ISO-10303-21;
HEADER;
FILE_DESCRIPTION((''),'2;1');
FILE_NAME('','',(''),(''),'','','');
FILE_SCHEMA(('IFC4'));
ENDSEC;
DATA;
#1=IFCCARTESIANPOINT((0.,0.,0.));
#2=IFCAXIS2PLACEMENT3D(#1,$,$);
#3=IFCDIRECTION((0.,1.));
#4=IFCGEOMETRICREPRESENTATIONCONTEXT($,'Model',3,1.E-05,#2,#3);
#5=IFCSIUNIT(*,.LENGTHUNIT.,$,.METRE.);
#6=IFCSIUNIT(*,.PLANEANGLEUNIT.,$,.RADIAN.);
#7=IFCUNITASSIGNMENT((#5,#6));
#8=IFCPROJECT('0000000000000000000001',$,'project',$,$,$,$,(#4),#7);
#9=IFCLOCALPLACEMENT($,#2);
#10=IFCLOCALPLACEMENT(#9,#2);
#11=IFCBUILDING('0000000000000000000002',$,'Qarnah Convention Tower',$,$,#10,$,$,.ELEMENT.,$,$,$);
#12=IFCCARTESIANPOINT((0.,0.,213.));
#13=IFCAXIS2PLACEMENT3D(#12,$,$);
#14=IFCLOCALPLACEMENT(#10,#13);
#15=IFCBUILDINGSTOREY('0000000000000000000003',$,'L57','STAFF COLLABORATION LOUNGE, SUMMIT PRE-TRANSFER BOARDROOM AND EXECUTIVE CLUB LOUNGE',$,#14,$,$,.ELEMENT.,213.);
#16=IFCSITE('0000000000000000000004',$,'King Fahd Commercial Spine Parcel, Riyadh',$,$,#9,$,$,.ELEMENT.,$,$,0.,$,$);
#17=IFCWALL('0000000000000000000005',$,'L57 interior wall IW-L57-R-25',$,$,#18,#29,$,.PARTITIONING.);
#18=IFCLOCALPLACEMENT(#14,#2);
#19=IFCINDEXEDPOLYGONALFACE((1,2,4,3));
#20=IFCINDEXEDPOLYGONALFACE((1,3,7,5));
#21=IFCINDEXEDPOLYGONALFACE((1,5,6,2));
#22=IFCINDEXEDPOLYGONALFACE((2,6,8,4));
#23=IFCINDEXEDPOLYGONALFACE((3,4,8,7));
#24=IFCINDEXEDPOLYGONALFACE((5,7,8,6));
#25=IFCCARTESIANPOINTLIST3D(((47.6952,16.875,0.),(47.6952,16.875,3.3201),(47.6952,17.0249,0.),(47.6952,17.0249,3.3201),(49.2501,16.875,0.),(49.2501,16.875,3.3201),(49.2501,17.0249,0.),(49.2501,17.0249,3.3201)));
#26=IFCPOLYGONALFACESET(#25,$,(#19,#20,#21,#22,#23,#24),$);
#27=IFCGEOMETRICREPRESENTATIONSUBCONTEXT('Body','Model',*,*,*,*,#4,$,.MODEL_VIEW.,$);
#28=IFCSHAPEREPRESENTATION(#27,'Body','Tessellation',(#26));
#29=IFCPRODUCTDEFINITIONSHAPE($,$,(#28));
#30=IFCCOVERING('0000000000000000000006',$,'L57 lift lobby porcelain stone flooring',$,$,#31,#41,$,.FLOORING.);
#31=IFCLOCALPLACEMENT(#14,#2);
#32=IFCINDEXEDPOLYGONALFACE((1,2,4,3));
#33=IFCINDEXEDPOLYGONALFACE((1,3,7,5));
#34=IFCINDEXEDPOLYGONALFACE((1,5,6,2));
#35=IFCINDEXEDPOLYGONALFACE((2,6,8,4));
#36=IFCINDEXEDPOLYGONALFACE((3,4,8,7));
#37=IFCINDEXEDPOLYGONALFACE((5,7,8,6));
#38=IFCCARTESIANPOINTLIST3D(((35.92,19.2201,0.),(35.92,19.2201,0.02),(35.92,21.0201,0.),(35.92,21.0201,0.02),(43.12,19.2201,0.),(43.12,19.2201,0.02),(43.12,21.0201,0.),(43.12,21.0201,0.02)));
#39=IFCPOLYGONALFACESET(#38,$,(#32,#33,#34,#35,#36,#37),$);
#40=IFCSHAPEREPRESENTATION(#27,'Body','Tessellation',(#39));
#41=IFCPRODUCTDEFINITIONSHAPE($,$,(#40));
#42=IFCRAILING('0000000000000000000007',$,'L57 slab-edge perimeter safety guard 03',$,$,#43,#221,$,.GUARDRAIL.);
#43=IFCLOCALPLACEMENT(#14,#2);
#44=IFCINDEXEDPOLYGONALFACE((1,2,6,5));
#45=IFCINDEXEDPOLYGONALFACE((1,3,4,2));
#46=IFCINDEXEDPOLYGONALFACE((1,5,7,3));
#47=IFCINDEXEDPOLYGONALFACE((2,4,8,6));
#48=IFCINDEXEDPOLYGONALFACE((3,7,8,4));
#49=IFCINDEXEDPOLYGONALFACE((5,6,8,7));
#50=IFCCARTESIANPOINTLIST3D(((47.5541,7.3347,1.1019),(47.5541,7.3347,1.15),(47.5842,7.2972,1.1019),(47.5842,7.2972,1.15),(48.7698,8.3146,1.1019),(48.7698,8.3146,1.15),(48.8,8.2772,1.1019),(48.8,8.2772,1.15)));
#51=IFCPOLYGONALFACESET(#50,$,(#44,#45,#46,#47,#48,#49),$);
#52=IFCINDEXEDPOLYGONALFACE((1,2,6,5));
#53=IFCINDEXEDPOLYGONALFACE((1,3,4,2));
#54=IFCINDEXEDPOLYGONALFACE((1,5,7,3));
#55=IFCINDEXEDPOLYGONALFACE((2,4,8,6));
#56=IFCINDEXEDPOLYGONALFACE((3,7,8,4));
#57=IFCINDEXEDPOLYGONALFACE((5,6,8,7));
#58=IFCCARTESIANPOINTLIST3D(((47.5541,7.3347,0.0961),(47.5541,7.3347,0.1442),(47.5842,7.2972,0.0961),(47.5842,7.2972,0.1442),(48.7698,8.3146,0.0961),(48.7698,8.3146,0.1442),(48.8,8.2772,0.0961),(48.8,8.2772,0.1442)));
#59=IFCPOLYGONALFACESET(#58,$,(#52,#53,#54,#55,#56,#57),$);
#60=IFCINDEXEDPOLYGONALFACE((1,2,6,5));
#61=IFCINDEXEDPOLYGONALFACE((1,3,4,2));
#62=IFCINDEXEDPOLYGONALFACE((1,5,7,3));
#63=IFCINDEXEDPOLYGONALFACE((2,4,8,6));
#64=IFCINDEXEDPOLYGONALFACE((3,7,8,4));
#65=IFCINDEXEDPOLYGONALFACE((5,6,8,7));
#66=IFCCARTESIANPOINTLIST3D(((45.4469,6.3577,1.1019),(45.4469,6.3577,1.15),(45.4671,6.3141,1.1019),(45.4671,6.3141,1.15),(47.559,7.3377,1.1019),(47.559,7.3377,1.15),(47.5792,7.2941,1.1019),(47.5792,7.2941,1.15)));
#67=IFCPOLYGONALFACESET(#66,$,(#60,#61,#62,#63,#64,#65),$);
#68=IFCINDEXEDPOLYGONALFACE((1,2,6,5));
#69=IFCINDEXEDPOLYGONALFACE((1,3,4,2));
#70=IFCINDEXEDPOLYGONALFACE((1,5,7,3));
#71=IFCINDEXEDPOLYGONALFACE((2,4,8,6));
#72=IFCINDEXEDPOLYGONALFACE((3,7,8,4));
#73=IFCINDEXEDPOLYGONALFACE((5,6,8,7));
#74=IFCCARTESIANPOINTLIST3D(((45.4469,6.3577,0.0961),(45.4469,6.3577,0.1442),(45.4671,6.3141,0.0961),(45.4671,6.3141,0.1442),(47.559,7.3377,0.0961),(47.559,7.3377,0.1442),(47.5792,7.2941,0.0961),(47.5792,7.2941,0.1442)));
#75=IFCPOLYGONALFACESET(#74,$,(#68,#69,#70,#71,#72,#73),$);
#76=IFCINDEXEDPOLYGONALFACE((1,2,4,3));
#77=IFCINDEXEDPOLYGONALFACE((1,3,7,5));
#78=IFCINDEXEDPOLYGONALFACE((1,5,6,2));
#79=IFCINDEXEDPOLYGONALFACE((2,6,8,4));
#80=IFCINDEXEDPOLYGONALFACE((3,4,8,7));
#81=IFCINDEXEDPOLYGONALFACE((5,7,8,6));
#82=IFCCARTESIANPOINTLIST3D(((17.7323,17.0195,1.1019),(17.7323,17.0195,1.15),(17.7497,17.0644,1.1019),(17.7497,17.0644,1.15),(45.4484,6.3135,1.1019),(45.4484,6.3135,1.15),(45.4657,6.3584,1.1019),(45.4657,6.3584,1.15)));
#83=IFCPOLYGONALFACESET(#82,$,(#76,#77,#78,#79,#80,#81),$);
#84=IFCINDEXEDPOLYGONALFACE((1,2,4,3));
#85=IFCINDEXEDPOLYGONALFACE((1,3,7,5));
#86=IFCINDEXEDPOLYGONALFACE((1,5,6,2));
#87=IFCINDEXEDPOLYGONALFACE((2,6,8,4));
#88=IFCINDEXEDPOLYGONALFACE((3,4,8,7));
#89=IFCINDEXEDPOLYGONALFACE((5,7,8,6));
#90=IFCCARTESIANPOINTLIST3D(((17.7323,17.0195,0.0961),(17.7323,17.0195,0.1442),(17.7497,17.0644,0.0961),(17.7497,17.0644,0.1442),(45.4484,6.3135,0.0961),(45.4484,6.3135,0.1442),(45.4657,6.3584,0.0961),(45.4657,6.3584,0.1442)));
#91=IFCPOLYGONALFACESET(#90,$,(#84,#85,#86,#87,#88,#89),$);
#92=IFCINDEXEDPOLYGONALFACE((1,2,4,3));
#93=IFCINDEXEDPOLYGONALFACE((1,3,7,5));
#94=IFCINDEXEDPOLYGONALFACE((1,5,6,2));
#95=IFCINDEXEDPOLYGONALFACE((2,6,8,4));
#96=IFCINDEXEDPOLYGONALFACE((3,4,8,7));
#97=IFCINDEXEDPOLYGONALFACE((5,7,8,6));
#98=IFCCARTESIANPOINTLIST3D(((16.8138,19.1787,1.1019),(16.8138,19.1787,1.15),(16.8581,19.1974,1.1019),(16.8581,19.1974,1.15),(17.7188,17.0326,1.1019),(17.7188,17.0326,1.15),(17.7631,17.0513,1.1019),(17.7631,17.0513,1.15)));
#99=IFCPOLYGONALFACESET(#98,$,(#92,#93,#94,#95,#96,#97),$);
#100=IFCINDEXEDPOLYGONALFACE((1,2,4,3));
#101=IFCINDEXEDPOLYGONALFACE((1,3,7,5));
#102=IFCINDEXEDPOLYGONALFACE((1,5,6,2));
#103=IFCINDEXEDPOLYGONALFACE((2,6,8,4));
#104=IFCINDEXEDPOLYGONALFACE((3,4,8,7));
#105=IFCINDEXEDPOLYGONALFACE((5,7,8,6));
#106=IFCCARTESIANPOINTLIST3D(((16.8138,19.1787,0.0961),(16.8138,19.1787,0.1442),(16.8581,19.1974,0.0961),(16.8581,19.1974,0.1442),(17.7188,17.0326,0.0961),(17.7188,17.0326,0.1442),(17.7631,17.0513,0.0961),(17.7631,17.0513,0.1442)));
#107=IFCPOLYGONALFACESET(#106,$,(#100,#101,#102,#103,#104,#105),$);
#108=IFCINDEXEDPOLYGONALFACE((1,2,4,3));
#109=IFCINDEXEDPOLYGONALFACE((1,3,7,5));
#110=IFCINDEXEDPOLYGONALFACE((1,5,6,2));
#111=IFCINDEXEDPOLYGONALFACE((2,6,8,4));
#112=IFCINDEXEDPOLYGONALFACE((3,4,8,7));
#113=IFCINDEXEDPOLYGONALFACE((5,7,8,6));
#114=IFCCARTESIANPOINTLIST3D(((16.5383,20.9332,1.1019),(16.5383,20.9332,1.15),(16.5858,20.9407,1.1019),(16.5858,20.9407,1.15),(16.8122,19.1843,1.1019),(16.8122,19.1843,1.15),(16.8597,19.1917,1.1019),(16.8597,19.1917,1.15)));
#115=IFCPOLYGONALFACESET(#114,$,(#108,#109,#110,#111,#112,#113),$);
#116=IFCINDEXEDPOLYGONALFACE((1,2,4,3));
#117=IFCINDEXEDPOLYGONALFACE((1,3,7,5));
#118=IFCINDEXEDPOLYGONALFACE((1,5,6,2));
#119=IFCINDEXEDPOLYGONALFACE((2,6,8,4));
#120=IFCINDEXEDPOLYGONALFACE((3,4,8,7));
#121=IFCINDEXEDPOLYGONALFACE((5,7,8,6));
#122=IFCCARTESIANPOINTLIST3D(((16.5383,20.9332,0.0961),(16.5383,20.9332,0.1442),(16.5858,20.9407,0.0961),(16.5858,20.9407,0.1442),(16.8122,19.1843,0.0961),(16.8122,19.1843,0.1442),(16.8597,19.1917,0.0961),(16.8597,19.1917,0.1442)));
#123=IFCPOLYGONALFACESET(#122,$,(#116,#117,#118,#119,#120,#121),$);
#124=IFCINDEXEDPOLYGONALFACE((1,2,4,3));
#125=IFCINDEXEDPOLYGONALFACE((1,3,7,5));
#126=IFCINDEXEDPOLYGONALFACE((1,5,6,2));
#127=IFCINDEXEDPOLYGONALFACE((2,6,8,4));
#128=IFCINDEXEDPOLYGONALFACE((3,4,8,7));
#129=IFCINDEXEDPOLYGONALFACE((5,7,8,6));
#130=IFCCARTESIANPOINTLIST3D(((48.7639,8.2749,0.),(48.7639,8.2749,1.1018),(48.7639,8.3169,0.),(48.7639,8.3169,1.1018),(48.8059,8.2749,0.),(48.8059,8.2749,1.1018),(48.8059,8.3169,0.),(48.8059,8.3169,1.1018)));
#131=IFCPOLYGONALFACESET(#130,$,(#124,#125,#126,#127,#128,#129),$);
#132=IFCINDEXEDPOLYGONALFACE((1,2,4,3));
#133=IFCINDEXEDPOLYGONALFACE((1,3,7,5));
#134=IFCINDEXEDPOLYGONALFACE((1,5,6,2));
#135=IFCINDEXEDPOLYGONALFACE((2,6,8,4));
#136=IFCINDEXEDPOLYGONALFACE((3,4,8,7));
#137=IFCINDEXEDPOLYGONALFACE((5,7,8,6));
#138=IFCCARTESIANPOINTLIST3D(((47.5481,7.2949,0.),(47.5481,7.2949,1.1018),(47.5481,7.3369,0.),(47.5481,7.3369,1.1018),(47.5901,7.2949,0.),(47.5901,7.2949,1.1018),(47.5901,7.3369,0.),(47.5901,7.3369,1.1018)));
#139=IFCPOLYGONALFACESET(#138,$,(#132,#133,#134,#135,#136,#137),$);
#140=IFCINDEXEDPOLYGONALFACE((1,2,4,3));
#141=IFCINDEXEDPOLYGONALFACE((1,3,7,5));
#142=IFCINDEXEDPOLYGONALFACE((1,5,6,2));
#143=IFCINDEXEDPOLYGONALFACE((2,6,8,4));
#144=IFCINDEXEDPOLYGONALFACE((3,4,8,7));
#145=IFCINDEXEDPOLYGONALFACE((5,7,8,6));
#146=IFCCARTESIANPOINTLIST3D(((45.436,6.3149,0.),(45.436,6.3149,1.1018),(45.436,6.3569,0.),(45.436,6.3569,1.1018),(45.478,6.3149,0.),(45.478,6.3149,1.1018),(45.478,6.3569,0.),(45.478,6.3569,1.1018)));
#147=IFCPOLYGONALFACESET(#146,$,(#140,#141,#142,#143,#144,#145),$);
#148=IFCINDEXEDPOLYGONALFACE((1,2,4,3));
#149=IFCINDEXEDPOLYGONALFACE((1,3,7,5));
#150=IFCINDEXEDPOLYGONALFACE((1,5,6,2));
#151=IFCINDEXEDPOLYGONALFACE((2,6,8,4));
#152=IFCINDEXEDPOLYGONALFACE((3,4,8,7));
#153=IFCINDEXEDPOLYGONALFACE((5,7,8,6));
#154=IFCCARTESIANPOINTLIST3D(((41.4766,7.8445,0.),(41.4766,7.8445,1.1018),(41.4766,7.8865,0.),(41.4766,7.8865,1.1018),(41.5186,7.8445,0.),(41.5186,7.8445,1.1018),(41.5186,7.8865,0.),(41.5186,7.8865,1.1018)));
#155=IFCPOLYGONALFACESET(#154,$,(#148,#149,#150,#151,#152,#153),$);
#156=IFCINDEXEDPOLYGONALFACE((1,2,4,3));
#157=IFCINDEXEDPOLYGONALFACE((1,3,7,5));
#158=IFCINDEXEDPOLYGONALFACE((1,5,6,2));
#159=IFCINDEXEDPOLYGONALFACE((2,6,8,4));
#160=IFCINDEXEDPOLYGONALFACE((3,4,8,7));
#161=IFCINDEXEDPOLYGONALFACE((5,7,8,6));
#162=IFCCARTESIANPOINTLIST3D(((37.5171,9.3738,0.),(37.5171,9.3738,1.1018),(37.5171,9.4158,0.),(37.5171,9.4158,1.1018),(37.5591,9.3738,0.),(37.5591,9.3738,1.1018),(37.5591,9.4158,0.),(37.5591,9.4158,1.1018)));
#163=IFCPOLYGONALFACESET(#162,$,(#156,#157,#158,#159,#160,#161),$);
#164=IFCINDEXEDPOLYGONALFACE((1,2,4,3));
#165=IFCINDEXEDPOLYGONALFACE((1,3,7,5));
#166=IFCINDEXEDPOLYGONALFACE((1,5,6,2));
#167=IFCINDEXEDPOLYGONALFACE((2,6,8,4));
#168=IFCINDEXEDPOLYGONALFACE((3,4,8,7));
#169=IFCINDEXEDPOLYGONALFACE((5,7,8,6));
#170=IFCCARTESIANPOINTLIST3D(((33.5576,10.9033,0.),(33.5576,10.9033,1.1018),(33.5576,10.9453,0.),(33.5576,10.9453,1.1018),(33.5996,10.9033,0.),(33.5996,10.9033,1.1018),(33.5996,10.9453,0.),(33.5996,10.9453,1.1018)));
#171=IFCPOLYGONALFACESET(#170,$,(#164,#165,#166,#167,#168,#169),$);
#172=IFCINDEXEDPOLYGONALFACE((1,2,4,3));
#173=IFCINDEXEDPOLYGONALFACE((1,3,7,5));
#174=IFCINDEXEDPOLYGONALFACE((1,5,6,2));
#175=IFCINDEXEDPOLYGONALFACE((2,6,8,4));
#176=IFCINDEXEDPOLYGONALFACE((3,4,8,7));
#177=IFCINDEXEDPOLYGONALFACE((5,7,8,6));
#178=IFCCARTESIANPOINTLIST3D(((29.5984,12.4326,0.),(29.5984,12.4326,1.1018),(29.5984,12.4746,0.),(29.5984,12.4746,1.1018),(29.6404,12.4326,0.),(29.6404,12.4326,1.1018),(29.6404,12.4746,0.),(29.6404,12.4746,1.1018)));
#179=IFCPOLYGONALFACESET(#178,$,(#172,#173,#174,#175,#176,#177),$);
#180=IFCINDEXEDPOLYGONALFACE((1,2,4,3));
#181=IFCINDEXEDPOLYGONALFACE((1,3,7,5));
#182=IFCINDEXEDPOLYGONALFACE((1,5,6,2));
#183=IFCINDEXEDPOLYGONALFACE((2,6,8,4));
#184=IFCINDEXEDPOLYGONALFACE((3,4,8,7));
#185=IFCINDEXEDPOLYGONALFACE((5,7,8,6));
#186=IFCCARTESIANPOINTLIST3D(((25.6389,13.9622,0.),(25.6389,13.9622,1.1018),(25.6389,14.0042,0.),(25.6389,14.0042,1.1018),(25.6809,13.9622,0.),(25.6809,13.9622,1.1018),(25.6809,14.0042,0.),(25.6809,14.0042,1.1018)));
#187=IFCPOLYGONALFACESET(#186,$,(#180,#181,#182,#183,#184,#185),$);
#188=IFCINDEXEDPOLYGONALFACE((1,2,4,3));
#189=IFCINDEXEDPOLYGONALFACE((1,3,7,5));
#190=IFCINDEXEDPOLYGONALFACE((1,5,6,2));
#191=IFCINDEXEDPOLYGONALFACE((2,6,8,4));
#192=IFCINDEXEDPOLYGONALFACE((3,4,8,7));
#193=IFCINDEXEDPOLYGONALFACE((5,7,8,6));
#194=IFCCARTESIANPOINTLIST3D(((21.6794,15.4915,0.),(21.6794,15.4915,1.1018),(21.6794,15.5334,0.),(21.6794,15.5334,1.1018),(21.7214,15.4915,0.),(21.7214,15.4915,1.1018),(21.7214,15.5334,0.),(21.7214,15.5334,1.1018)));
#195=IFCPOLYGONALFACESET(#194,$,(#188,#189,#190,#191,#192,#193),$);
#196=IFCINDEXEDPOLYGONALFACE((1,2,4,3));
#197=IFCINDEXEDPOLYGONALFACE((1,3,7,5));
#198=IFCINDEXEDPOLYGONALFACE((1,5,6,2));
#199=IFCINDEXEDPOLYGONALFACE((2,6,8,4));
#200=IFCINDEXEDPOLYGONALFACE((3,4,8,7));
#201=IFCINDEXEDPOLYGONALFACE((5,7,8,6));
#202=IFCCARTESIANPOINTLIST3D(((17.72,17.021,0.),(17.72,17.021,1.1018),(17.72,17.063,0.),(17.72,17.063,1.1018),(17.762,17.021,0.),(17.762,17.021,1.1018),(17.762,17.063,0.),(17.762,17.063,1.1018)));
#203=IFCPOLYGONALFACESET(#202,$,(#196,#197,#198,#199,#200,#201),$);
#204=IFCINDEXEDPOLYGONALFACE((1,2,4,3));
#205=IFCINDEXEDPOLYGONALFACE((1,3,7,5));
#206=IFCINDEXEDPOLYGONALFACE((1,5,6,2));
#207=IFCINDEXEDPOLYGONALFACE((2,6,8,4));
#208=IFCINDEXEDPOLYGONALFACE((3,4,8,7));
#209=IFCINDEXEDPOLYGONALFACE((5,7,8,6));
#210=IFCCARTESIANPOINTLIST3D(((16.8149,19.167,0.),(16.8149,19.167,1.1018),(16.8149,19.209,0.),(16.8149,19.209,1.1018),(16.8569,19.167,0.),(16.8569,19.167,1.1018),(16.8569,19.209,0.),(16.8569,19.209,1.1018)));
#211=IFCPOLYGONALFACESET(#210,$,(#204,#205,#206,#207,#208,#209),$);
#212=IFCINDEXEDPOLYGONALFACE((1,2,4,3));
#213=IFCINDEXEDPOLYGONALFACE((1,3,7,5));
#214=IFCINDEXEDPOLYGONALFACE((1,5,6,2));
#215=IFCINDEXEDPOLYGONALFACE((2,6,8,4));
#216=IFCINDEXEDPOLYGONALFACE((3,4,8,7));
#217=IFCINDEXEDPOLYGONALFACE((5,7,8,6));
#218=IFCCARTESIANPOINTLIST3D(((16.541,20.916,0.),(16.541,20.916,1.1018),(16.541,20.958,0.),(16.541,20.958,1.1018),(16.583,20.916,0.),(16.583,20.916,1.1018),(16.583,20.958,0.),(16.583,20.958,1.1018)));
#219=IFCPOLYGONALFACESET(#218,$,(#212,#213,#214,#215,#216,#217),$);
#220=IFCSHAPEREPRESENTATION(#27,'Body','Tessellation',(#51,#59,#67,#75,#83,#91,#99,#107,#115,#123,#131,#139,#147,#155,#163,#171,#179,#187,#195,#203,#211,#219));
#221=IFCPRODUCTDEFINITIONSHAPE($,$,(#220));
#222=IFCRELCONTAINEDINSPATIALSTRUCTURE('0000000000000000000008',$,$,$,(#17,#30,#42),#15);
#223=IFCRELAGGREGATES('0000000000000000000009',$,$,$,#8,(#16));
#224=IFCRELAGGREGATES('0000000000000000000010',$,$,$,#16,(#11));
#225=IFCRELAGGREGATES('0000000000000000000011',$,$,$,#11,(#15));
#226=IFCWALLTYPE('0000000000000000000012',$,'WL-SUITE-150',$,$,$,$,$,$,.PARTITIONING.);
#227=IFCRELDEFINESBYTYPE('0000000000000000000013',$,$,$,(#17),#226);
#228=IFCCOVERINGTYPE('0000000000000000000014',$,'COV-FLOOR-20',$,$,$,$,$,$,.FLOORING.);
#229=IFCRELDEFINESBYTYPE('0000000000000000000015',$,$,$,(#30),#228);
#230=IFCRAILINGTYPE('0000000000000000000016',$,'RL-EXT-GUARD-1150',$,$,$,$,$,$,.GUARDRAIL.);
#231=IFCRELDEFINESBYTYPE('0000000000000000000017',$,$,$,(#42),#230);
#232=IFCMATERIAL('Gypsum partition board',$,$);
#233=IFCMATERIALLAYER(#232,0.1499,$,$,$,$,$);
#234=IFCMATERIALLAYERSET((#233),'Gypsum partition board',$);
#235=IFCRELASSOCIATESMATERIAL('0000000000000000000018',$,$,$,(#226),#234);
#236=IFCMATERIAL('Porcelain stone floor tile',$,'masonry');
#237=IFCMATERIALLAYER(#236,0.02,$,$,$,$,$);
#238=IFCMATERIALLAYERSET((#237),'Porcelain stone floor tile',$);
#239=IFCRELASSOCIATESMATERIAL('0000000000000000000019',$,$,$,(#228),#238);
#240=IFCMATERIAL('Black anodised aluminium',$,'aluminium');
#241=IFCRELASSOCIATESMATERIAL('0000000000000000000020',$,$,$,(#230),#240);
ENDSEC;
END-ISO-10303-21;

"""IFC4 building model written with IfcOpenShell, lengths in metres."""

from ifc_helpers import new_model, si_unit, direction, frame, frame_2d, origin, origin_2d, place, context, subcontext, project, spatial, rectangle, extrude, material, layer, layer_set, type_object, element, save


model = new_model("IFC4")

# Units and contexts
model_context = context("Model", 3, precision=1e-05, world=origin(), true_north=direction((0.0, 1.0)))
body_context = subcontext(model_context, "Body", "Model", "MODEL_VIEW")
ifc_project = project(units=[si_unit("LENGTHUNIT", "METRE"), si_unit("PLANEANGLEUNIT", "RADIAN")], contexts=[model_context])

# Site, building, storey
site_placement = place(None, origin())
site = spatial("IfcSite", under=ifc_project, at=site_placement, Name="King Fahd Commercial Spine Parcel, Riyadh", CompositionType="ELEMENT", RefElevation=0.0)
building_placement = place(site_placement, origin())
building = spatial("IfcBuilding", under=site, at=building_placement, Name="Qarnah Convention Tower", CompositionType="ELEMENT")
storey_placement = place(building_placement, frame((0.0, 0.0, 213.0)))
storey = spatial("IfcBuildingStorey", under=building, at=storey_placement, Name="L57", Description="STAFF COLLABORATION LOUNGE, SUMMIT PRE-TRANSFER BOARDROOM AND EXECUTIVE CLUB LOUNGE", CompositionType="ELEMENT", Elevation=213.0)

# Shared definitions
ifc_material_1 = material(Name="Black anodised aluminium", Category="aluminium")

# Shared definitions
ifc_material_2 = material(Name="Gypsum partition board")
ifc_layer_1 = layer(ifc_material_2, 0.1499)
ifc_layer_set_1 = layer_set([ifc_layer_1], Name="Gypsum partition board")
wall_type_1 = type_object("IfcWallType", Name="WL-SUITE-150", PredefinedType="PARTITIONING", material=ifc_layer_set_1)

# Wall
wall_1_placement = place(storey_placement, frame((49.25, 16.95, 0.0), z_axis=(0.0, 0.0, 1.0), x_axis=(-1.0, 0.0, 0.0)))
element("IfcWall", 1, at=wall_1_placement, inside=storey, type_object=wall_type_1, Name="L57 interior wall IW-L57-R-25", PredefinedType="PARTITIONING", context=body_context, shape_type="SweptSolid", body=[
    extrude(rectangle(XDim=1.5549, YDim=0.1499, at=frame_2d((0.7773, 0.0))), origin(), (0.0, 0.0, 1.0), 3.3201),
])

# Covering
ifc_material_3 = material(Name="Porcelain stone floor tile", Category="masonry")
ifc_layer_2 = layer(ifc_material_3, 0.02)
ifc_layer_set_2 = layer_set([ifc_layer_2], Name="Porcelain stone floor tile")
covering_type = type_object("IfcCoveringType", Name="COV-FLOOR-20", PredefinedType="FLOORING", material=ifc_layer_set_2)
covering_placement = place(storey_placement, frame((39.52, 20.1201, 0.0), z_axis=(0.0, 0.0, 1.0), x_axis=(1.0, 0.0, 0.0)))
element("IfcCovering", 2, at=covering_placement, inside=storey, type_object=covering_type, Name="L57 lift lobby porcelain stone flooring", PredefinedType="FLOORING", context=body_context, shape_type="SweptSolid", body=[
    extrude(rectangle(XDim=7.2, YDim=1.8, at=origin_2d()), origin(), (0.0, 0.0, 1.0), 0.02),
])

# Railing
railing_type = type_object("IfcRailingType", Name="RL-EXT-GUARD-1150", PredefinedType="GUARDRAIL", material=ifc_material_1)
railing_1_placement = place(storey_placement, frame((48.7849, 8.2959, 0.0)))
element("IfcRailing", 3, at=railing_1_placement, inside=storey, type_object=railing_type, Name="L57 slab-edge perimeter safety guard 03", PredefinedType="GUARDRAIL", context=body_context, shape_type="SweptSolid", body=[
    extrude(rectangle(XDim=0.0481, YDim=0.0481, at=origin_2d()), frame((0.0, 0.0, 1.126), z_axis=(-0.778576, -0.627551, 0.0), x_axis=(0.627551, -0.778576, 0.0)), (0.0, 0.0, 1.0), 1.5615),
    extrude(rectangle(XDim=0.0481, YDim=0.0481, at=origin_2d()), frame((0.0, 0.0, 0.1201), z_axis=(-0.778576, -0.627551, 0.0), x_axis=(0.627551, -0.778576, 0.0)), (0.0, 0.0, 1.0), 1.5615),
    extrude(rectangle(XDim=0.0481, YDim=0.0481, at=origin_2d()), frame((-1.2158, -0.98, 1.126), z_axis=(-0.90711, -0.420893, 0.0), x_axis=(0.420893, -0.90711, 0.0)), (0.0, 0.0, 1.0), 2.3284),
    extrude(rectangle(XDim=0.0481, YDim=0.0481, at=origin_2d()), frame((-1.2158, -0.98, 0.1201), z_axis=(-0.90711, -0.420893, 0.0), x_axis=(0.420893, -0.90711, 0.0)), (0.0, 0.0, 1.0), 2.3284),
    extrude(rectangle(XDim=0.0481, YDim=0.0481, at=origin_2d()), frame((-3.3279, -1.96, 1.126), z_axis=(-0.932826, 0.360328, 0.0), x_axis=(-0.360328, -0.932826, 0.0)), (0.0, 0.0, 1.0), 29.7119),
    extrude(rectangle(XDim=0.0481, YDim=0.0481, at=origin_2d()), frame((-3.3279, -1.96, 0.1201), z_axis=(-0.932826, 0.360328, 0.0), x_axis=(-0.360328, -0.932826, 0.0)), (0.0, 0.0, 1.0), 29.7119),
    extrude(rectangle(XDim=0.0481, YDim=0.0481, at=origin_2d()), frame((-31.0439, 8.7461, 1.126), z_axis=(-0.388586, 0.921412, 0.0), x_axis=(-0.921412, -0.388586, 0.0)), (0.0, 0.0, 1.0), 2.3291),
    extrude(rectangle(XDim=0.0481, YDim=0.0481, at=origin_2d()), frame((-31.0439, 8.7461, 0.1201), z_axis=(-0.388586, 0.921412, 0.0), x_axis=(-0.921412, -0.388586, 0.0)), (0.0, 0.0, 1.0), 2.3291),
    extrude(rectangle(XDim=0.0481, YDim=0.0481, at=origin_2d()), frame((-31.949, 10.8921, 1.126), z_axis=(-0.15473, 0.987957, 0.0), x_axis=(-0.987957, -0.15473, 0.0)), (0.0, 0.0, 1.0), 1.7703),
    extrude(rectangle(XDim=0.0481, YDim=0.0481, at=origin_2d()), frame((-31.949, 10.8921, 0.1201), z_axis=(-0.15473, 0.987957, 0.0), x_axis=(-0.987957, -0.15473, 0.0)), (0.0, 0.0, 1.0), 1.7703),
    extrude(rectangle(XDim=0.042, YDim=0.042, at=origin_2d()), origin(), (0.0, 0.0, 1.0), 1.1018),
    extrude(rectangle(XDim=0.042, YDim=0.042, at=origin_2d()), frame((-1.2158, -0.98, 0.0)), (0.0, 0.0, 1.0), 1.1018),
    extrude(rectangle(XDim=0.042, YDim=0.042, at=origin_2d()), frame((-3.3279, -1.96, 0.0)), (0.0, 0.0, 1.0), 1.1018),
    extrude(rectangle(XDim=0.042, YDim=0.042, at=origin_2d()), frame((-7.2874, -0.4304, 0.0)), (0.0, 0.0, 1.0), 1.1018),
    extrude(rectangle(XDim=0.042, YDim=0.042, at=origin_2d()), frame((-11.2468, 1.0989, 0.0)), (0.0, 0.0, 1.0), 1.1018),
    extrude(rectangle(XDim=0.042, YDim=0.042, at=origin_2d()), frame((-15.2063, 2.6284, 0.0)), (0.0, 0.0, 1.0), 1.1018),
    extrude(rectangle(XDim=0.042, YDim=0.042, at=origin_2d()), frame((-19.1655, 4.1577, 0.0)), (0.0, 0.0, 1.0), 1.1018),
    extrude(rectangle(XDim=0.042, YDim=0.042, at=origin_2d()), frame((-23.125, 5.6873, 0.0)), (0.0, 0.0, 1.0), 1.1018),
    extrude(rectangle(XDim=0.042, YDim=0.042, at=origin_2d()), frame((-27.0845, 7.2166, 0.0)), (0.0, 0.0, 1.0), 1.1018),
    extrude(rectangle(XDim=0.042, YDim=0.042, at=origin_2d()), frame((-31.0439, 8.7461, 0.0)), (0.0, 0.0, 1.0), 1.1018),
    extrude(rectangle(XDim=0.042, YDim=0.042, at=origin_2d()), frame((-31.949, 10.8921, 0.0)), (0.0, 0.0, 1.0), 1.1018),
    extrude(rectangle(XDim=0.042, YDim=0.042, at=origin_2d()), frame((-32.2229, 12.6411, 0.0)), (0.0, 0.0, 1.0), 1.1018),
])

save(model, "model.ifc")
